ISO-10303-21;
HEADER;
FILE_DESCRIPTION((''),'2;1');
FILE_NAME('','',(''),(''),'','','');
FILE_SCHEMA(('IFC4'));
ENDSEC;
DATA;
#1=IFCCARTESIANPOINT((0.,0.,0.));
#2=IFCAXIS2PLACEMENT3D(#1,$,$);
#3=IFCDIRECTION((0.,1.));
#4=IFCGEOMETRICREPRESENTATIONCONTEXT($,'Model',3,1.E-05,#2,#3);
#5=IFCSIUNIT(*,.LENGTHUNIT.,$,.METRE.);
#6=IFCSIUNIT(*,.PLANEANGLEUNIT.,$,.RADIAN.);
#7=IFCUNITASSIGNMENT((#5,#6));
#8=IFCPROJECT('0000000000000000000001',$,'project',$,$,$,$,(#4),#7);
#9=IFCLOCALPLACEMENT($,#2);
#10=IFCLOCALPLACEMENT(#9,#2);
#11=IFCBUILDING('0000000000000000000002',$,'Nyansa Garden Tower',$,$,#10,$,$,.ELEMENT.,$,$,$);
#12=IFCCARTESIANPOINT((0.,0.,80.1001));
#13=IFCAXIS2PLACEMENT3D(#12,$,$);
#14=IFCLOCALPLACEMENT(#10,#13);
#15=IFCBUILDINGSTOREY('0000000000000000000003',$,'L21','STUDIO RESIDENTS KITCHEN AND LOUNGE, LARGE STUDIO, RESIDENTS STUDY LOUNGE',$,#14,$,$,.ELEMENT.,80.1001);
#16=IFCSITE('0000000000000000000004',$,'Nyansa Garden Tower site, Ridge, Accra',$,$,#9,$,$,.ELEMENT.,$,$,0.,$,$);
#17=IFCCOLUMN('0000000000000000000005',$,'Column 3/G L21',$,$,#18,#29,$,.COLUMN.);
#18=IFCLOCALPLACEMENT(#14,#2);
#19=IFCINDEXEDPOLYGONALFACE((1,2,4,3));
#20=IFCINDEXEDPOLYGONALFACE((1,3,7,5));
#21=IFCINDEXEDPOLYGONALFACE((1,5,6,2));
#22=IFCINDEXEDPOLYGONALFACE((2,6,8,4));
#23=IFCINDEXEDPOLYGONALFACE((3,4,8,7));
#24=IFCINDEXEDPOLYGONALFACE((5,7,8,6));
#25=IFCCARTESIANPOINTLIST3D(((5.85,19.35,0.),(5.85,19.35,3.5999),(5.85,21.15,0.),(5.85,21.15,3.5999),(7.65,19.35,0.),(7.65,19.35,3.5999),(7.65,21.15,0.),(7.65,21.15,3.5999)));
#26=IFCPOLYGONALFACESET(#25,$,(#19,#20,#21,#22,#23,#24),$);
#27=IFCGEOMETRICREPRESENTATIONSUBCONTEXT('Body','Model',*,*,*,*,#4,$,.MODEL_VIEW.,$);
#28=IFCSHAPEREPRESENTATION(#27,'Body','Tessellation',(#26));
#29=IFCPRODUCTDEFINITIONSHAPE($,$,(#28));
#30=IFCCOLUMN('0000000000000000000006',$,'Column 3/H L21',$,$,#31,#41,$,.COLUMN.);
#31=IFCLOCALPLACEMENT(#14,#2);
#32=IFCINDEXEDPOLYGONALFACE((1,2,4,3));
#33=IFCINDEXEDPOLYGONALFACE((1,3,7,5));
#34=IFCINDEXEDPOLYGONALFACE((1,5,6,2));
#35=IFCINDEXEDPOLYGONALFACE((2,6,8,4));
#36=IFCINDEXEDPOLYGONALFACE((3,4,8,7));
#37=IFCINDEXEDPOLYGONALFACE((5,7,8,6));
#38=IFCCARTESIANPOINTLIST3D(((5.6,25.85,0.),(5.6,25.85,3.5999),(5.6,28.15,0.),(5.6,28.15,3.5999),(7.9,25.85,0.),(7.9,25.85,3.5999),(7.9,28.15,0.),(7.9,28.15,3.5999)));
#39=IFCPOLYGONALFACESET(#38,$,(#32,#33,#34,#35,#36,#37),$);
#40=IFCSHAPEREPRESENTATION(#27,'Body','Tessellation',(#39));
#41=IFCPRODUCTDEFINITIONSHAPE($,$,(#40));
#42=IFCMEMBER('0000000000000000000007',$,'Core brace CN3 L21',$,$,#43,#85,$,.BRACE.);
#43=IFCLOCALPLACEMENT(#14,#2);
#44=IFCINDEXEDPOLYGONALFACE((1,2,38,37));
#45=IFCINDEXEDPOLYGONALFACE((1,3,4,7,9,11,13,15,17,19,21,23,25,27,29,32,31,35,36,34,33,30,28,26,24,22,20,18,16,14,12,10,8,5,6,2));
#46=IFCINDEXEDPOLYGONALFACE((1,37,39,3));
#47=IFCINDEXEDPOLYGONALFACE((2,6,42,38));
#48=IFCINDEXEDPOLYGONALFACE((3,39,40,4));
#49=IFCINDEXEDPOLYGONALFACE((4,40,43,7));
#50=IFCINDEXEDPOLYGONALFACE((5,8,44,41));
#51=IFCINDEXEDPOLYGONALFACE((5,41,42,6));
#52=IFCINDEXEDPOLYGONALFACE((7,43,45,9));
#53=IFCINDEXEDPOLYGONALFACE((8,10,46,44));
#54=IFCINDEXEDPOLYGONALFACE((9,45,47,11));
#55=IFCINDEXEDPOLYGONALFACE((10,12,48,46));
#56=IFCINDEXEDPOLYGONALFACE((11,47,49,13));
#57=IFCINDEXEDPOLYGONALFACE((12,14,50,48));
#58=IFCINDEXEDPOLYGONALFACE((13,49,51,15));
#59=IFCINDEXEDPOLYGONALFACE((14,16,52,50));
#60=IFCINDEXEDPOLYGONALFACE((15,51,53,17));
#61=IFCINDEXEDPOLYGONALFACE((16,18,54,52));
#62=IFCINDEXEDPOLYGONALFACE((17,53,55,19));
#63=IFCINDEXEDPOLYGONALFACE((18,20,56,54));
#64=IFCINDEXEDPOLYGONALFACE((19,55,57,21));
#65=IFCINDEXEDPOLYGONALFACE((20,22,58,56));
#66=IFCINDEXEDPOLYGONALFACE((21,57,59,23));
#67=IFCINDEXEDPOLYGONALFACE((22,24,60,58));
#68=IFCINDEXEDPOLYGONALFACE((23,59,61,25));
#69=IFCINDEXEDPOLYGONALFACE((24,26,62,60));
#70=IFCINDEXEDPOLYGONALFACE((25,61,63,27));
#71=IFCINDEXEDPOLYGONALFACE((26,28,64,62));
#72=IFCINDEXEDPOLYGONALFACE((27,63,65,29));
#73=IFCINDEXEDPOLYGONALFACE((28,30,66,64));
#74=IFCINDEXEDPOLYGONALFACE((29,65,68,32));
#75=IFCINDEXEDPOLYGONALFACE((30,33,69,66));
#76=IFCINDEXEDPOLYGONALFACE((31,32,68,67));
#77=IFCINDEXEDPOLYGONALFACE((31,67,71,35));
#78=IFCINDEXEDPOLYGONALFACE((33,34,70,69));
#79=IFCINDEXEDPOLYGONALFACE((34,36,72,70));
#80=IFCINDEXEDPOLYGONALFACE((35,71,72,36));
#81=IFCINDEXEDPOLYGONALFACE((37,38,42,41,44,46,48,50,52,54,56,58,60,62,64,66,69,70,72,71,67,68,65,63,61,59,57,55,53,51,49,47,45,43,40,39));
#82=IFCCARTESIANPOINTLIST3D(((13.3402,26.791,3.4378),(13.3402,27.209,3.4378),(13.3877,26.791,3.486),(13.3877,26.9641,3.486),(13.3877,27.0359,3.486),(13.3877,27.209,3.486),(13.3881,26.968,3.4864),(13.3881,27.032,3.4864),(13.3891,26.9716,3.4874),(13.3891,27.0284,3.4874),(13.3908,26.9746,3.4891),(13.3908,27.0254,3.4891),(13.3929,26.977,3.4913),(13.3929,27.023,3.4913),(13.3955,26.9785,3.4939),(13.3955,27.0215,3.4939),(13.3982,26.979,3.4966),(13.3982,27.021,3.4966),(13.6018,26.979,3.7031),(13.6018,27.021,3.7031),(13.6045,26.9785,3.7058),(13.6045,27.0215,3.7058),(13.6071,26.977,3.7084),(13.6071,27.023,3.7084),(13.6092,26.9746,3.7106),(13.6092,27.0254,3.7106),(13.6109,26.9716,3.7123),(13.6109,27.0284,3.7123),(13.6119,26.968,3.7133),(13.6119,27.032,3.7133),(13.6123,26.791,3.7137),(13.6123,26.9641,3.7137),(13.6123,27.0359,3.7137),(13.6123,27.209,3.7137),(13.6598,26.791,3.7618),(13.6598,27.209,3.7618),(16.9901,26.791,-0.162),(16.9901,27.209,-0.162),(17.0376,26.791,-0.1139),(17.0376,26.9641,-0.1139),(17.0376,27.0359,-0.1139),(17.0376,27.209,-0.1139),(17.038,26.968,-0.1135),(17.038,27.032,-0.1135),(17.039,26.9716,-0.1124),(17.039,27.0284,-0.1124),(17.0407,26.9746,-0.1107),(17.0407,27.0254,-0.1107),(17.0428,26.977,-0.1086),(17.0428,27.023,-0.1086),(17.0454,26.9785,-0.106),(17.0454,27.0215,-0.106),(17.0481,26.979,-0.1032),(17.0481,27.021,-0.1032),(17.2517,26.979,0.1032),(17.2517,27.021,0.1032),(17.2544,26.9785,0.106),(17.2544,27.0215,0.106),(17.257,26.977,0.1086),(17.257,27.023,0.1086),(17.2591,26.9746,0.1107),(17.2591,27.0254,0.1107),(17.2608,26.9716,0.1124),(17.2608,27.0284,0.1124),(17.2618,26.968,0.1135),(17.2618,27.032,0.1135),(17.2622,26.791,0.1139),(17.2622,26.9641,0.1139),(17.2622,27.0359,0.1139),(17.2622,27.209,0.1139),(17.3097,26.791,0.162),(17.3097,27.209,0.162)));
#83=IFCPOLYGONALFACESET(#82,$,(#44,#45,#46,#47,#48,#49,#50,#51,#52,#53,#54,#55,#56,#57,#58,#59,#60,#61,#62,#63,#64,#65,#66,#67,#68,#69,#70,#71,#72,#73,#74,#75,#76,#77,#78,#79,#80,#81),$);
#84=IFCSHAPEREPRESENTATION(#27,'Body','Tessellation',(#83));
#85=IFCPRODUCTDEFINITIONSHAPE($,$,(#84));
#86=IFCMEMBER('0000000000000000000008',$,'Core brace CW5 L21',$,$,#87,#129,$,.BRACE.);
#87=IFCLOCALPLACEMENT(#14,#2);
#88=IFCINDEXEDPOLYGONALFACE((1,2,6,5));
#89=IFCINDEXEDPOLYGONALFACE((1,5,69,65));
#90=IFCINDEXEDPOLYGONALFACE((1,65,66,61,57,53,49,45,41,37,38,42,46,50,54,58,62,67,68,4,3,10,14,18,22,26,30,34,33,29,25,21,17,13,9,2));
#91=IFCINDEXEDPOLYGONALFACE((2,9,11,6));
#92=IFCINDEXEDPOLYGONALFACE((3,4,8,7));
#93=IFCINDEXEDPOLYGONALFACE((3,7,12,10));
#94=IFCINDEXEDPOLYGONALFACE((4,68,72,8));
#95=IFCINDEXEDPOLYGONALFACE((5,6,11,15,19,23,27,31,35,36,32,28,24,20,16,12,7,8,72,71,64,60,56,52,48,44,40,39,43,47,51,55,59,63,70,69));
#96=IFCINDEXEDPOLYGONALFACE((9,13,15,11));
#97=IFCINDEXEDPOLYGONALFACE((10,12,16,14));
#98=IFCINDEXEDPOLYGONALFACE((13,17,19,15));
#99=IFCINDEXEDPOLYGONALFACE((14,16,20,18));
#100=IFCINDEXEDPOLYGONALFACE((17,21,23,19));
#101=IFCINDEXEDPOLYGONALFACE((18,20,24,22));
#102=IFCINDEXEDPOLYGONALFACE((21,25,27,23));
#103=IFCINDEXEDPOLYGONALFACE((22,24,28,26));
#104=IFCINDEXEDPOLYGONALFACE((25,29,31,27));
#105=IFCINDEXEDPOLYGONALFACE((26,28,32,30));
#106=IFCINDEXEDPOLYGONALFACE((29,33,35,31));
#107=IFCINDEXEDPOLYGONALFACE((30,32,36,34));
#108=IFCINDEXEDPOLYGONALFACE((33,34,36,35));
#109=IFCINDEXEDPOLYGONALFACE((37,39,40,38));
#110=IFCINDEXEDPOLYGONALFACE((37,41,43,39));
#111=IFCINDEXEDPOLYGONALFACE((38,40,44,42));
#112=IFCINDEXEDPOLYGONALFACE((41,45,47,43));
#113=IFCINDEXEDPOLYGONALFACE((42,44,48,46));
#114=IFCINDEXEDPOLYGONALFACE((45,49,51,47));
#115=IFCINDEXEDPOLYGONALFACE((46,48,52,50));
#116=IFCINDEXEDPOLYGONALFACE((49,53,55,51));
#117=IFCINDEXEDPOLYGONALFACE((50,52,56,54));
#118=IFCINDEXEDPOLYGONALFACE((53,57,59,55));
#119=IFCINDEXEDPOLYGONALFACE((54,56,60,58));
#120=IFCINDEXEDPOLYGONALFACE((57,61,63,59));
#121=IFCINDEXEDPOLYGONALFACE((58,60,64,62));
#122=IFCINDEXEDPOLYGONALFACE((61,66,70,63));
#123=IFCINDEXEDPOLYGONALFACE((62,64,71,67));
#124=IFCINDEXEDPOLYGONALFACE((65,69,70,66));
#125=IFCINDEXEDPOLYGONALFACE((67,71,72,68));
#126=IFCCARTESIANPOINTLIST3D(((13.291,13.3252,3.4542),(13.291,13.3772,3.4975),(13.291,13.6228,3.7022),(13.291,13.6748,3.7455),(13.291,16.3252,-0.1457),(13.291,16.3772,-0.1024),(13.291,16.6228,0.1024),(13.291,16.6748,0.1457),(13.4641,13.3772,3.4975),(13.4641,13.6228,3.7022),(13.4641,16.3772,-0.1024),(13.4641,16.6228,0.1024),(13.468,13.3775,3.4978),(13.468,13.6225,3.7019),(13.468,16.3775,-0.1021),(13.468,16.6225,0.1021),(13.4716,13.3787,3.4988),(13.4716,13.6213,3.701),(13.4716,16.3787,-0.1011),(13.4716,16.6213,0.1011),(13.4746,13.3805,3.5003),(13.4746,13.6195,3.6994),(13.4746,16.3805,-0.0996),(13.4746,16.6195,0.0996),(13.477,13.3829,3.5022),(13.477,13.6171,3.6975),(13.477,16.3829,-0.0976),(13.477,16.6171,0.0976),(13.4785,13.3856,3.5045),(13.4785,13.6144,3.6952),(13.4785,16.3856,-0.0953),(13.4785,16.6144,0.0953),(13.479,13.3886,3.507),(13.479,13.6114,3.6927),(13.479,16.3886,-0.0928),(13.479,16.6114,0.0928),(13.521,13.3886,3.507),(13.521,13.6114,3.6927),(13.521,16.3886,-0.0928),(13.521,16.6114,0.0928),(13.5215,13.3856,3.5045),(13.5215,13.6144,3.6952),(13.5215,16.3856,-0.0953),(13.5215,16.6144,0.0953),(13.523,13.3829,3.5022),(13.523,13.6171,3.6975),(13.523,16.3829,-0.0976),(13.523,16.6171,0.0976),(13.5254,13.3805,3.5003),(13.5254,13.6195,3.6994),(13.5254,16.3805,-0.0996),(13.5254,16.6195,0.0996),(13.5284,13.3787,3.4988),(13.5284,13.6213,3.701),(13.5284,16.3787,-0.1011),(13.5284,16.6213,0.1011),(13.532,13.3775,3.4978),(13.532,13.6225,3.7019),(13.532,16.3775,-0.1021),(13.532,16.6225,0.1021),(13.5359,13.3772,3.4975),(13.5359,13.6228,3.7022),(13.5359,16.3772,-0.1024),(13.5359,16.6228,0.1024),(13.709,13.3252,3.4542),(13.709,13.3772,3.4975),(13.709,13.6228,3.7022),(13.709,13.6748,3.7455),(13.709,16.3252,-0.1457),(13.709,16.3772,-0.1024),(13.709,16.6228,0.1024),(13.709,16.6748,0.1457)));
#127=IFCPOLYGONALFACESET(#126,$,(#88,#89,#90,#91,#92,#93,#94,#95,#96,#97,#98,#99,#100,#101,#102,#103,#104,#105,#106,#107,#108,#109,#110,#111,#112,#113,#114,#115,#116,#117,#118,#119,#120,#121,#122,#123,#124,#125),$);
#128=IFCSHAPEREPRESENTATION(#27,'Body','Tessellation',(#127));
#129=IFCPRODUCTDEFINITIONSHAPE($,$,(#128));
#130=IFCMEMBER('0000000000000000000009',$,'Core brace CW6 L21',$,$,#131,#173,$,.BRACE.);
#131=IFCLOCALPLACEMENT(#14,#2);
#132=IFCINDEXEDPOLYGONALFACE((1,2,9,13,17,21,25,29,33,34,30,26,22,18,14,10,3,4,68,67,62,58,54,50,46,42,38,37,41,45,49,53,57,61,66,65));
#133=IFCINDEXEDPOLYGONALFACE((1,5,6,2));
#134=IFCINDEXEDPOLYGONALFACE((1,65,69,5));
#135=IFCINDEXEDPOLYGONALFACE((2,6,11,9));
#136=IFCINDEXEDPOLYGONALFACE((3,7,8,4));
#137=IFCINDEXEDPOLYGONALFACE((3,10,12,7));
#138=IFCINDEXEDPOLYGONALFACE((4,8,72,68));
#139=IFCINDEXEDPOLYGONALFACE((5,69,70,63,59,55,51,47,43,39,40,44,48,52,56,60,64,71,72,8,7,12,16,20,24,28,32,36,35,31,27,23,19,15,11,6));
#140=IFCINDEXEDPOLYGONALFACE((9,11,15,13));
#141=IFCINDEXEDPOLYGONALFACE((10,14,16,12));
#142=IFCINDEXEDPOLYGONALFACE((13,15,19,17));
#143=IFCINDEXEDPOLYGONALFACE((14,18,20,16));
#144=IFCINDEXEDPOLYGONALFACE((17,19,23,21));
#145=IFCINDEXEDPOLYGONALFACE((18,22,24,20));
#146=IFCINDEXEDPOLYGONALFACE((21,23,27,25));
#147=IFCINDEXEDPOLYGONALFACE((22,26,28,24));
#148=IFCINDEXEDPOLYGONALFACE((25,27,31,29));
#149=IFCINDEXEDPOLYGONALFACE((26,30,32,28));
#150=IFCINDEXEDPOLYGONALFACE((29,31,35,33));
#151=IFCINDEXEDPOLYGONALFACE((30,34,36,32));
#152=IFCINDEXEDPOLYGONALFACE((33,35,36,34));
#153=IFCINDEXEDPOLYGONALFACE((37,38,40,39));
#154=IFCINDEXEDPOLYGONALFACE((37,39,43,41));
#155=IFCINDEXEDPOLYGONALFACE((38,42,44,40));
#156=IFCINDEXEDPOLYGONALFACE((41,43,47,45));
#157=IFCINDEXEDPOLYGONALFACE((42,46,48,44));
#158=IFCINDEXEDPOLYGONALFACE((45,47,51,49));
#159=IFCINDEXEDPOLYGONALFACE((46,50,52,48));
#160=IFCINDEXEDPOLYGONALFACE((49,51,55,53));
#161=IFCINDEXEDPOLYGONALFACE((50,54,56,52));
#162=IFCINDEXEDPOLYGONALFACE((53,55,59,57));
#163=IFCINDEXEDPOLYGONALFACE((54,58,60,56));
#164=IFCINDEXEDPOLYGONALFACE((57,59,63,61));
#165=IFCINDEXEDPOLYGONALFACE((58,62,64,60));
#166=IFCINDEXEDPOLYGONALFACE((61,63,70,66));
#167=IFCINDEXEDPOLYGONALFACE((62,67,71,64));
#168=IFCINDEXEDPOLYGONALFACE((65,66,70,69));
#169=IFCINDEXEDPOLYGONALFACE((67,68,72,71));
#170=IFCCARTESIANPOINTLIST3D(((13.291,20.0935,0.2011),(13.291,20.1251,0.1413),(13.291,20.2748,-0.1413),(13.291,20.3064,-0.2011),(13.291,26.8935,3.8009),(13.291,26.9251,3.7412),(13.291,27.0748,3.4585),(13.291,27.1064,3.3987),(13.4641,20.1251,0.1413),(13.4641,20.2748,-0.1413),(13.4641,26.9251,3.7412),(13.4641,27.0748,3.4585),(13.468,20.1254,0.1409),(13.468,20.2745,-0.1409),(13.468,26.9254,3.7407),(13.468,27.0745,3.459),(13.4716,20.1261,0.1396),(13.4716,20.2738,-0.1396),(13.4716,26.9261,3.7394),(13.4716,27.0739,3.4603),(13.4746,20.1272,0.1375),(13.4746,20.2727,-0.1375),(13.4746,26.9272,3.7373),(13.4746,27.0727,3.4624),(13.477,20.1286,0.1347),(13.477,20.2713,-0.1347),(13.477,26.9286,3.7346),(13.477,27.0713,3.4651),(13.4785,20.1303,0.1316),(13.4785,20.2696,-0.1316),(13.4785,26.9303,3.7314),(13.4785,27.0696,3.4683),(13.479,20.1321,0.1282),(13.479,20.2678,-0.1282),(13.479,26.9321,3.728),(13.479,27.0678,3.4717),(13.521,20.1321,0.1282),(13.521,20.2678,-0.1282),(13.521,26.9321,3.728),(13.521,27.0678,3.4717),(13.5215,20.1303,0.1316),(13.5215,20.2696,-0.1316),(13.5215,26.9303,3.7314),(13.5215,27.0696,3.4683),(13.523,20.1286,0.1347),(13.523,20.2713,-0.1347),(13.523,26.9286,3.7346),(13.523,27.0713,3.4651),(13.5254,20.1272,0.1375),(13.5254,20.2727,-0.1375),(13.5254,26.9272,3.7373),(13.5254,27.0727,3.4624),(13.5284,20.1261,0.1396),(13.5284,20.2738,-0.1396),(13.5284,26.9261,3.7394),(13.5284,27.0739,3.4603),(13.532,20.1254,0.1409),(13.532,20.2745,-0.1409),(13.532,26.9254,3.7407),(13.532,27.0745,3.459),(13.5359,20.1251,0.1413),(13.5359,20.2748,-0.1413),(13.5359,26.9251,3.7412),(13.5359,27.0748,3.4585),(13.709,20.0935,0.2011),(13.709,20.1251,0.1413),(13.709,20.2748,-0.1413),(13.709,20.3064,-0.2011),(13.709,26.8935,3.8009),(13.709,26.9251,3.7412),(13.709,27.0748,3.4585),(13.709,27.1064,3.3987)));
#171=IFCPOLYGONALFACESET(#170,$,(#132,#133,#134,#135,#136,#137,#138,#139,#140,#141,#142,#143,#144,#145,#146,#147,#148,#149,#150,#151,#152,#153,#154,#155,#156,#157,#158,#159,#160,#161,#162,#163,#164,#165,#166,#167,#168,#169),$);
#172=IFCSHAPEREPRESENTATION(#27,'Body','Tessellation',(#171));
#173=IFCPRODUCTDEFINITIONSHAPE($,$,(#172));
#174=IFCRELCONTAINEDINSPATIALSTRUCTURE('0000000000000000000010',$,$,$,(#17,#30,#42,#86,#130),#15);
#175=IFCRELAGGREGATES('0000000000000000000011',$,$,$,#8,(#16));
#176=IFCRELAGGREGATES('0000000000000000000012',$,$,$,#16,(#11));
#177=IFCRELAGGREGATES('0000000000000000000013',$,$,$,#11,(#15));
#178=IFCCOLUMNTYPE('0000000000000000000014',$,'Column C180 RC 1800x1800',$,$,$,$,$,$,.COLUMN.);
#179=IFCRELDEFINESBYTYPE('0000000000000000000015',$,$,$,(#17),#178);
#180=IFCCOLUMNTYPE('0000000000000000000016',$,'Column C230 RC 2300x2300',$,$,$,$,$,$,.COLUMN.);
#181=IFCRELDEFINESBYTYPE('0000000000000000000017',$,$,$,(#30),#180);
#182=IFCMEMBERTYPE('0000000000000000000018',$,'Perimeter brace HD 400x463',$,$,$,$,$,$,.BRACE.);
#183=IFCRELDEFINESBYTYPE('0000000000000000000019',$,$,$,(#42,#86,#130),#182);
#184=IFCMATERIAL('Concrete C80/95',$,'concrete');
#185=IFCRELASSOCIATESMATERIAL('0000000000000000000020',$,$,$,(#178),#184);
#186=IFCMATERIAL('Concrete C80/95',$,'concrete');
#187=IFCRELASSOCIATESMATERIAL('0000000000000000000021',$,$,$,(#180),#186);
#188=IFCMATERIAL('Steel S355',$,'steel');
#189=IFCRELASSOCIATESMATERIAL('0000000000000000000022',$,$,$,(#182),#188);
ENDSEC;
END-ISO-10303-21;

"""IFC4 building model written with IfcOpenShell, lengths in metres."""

from ifc_helpers import new_model, si_unit, direction, frame, origin, origin_2d, place, context, subcontext, project, spatial, rectangle, i_section, extrude, material, material_profile, profile_set, type_object, element, save


model = new_model("IFC4")

# Units and contexts
model_context = context("Model", 3, precision=1e-05, world=origin(), true_north=direction((0.0, 1.0)))
body_context = subcontext(model_context, "Body", "Model", "MODEL_VIEW")
ifc_project = project(units=[si_unit("LENGTHUNIT", "METRE"), si_unit("PLANEANGLEUNIT", "RADIAN")], contexts=[model_context])

# Site, building, storey
site_placement = place(None, origin())
site = spatial("IfcSite", under=ifc_project, at=site_placement, Name="Nyansa Garden Tower site, Ridge, Accra", CompositionType="ELEMENT", RefElevation=0.0)
building_placement = place(site_placement, origin())
building = spatial("IfcBuilding", under=site, at=building_placement, Name="Nyansa Garden Tower", CompositionType="ELEMENT")
storey_placement = place(building_placement, frame((0.0, 0.0, 80.1001)))
storey = spatial("IfcBuildingStorey", under=building, at=storey_placement, Name="L21", Description="STUDIO RESIDENTS KITCHEN AND LOUNGE, LARGE STUDIO, RESIDENTS STUDY LOUNGE", CompositionType="ELEMENT", Elevation=80.1001)

# Columns
ifc_material_1 = material(Name="Concrete C80/95", Category="concrete")
ifc_material_profile_1 = material_profile(ifc_material_1, rectangle(XDim=1.8, YDim=1.8, at=origin_2d()), Name="RC 1800x1800")
ifc_profile_set_1 = profile_set([ifc_material_profile_1], Name="Concrete C80/95")
column_type_1 = type_object("IfcColumnType", Name="Column C180 RC 1800x1800", PredefinedType="COLUMN", material=ifc_profile_set_1)
column_1_placement = place(storey_placement, frame((6.75, 20.25, 0.0), z_axis=(0.0, 0.0, 1.0), x_axis=(1.0, 0.0, 0.0)))
element("IfcColumn", 1, at=column_1_placement, inside=storey, type_object=column_type_1, Name="Column 3/G L21", PredefinedType="COLUMN", context=body_context, shape_type="SweptSolid", body=[
    extrude(rectangle(XDim=1.8, YDim=1.8, at=origin_2d()), origin(), (0.0, 0.0, 1.0), 3.5999),
])
ifc_material_2 = material(Name="Concrete C80/95", Category="concrete")
ifc_material_profile_2 = material_profile(ifc_material_2, rectangle(XDim=2.3, YDim=2.3, at=origin_2d()), Name="RC 2300x2300")
ifc_profile_set_2 = profile_set([ifc_material_profile_2], Name="Concrete C80/95")
column_type_2 = type_object("IfcColumnType", Name="Column C230 RC 2300x2300", PredefinedType="COLUMN", material=ifc_profile_set_2)
column_2_placement = place(storey_placement, frame((6.75, 27.0, 0.0), z_axis=(0.0, 0.0, 1.0), x_axis=(1.0, 0.0, 0.0)))
element("IfcColumn", 2, at=column_2_placement, inside=storey, type_object=column_type_2, Name="Column 3/H L21", PredefinedType="COLUMN", context=body_context, shape_type="SweptSolid", body=[
    extrude(rectangle(XDim=2.3, YDim=2.3, at=origin_2d()), origin(), (0.0, 0.0, 1.0), 3.5999),
])

# Members
ifc_material_3 = material(Name="Steel S355", Category="steel")
ifc_material_profile_3 = material_profile(ifc_material_3, i_section(OverallWidth=0.418, OverallDepth=0.4551, WebThickness=0.042, FlangeThickness=0.0676, FilletRadius=0.0149, at=origin_2d()), Name="HD 400x463")
ifc_profile_set_3 = profile_set([ifc_material_profile_3], Name="Steel S355")
member_type = type_object("IfcMemberType", Name="Perimeter brace HD 400x463", PredefinedType="BRACE", material=ifc_profile_set_3)
member_1_placement = place(storey_placement, frame((17.1499, 27.0, 0.0), z_axis=(-0.711971, 0.0, 0.702209), x_axis=(0.0, -1.0, 0.0)))
element("IfcMember", 3, at=member_1_placement, inside=storey, type_object=member_type, Name="Core brace CN3 L21", PredefinedType="BRACE", context=body_context, shape_type="SweptSolid", body=[
    extrude(i_section(OverallWidth=0.418, OverallDepth=0.4551, WebThickness=0.042, FlangeThickness=0.0676, FilletRadius=0.0149, at=origin_2d()), origin(), (0.0, 0.0, 1.0), 5.1265),
])
member_2_placement = place(storey_placement, frame((13.5, 16.5, 0.0), z_axis=(0.0, -0.6402, 0.768208), x_axis=(1.0, 0.0, 0.0)))
element("IfcMember", 4, at=member_2_placement, inside=storey, type_object=member_type, Name="Core brace CW5 L21", PredefinedType="BRACE", context=body_context, shape_type="SweptSolid", body=[
    extrude(i_section(OverallWidth=0.418, OverallDepth=0.4551, WebThickness=0.042, FlangeThickness=0.0676, FilletRadius=0.0149, at=origin_2d()), origin(), (0.0, 0.0, 1.0), 4.686),
])
member_3_placement = place(storey_placement, frame((13.5, 20.2, 0.0), z_axis=(0.0, 0.883797, 0.46787), x_axis=(-1.0, 0.0, 0.0)))
element("IfcMember", 5, at=member_3_placement, inside=storey, type_object=member_type, Name="Core brace CW6 L21", PredefinedType="BRACE", context=body_context, shape_type="SweptSolid", body=[
    extrude(i_section(OverallWidth=0.418, OverallDepth=0.4551, WebThickness=0.042, FlangeThickness=0.0676, FilletRadius=0.0149, at=origin_2d()), origin(), (0.0, 0.0, 1.0), 7.6941),
])

save(model, "model.ifc")
